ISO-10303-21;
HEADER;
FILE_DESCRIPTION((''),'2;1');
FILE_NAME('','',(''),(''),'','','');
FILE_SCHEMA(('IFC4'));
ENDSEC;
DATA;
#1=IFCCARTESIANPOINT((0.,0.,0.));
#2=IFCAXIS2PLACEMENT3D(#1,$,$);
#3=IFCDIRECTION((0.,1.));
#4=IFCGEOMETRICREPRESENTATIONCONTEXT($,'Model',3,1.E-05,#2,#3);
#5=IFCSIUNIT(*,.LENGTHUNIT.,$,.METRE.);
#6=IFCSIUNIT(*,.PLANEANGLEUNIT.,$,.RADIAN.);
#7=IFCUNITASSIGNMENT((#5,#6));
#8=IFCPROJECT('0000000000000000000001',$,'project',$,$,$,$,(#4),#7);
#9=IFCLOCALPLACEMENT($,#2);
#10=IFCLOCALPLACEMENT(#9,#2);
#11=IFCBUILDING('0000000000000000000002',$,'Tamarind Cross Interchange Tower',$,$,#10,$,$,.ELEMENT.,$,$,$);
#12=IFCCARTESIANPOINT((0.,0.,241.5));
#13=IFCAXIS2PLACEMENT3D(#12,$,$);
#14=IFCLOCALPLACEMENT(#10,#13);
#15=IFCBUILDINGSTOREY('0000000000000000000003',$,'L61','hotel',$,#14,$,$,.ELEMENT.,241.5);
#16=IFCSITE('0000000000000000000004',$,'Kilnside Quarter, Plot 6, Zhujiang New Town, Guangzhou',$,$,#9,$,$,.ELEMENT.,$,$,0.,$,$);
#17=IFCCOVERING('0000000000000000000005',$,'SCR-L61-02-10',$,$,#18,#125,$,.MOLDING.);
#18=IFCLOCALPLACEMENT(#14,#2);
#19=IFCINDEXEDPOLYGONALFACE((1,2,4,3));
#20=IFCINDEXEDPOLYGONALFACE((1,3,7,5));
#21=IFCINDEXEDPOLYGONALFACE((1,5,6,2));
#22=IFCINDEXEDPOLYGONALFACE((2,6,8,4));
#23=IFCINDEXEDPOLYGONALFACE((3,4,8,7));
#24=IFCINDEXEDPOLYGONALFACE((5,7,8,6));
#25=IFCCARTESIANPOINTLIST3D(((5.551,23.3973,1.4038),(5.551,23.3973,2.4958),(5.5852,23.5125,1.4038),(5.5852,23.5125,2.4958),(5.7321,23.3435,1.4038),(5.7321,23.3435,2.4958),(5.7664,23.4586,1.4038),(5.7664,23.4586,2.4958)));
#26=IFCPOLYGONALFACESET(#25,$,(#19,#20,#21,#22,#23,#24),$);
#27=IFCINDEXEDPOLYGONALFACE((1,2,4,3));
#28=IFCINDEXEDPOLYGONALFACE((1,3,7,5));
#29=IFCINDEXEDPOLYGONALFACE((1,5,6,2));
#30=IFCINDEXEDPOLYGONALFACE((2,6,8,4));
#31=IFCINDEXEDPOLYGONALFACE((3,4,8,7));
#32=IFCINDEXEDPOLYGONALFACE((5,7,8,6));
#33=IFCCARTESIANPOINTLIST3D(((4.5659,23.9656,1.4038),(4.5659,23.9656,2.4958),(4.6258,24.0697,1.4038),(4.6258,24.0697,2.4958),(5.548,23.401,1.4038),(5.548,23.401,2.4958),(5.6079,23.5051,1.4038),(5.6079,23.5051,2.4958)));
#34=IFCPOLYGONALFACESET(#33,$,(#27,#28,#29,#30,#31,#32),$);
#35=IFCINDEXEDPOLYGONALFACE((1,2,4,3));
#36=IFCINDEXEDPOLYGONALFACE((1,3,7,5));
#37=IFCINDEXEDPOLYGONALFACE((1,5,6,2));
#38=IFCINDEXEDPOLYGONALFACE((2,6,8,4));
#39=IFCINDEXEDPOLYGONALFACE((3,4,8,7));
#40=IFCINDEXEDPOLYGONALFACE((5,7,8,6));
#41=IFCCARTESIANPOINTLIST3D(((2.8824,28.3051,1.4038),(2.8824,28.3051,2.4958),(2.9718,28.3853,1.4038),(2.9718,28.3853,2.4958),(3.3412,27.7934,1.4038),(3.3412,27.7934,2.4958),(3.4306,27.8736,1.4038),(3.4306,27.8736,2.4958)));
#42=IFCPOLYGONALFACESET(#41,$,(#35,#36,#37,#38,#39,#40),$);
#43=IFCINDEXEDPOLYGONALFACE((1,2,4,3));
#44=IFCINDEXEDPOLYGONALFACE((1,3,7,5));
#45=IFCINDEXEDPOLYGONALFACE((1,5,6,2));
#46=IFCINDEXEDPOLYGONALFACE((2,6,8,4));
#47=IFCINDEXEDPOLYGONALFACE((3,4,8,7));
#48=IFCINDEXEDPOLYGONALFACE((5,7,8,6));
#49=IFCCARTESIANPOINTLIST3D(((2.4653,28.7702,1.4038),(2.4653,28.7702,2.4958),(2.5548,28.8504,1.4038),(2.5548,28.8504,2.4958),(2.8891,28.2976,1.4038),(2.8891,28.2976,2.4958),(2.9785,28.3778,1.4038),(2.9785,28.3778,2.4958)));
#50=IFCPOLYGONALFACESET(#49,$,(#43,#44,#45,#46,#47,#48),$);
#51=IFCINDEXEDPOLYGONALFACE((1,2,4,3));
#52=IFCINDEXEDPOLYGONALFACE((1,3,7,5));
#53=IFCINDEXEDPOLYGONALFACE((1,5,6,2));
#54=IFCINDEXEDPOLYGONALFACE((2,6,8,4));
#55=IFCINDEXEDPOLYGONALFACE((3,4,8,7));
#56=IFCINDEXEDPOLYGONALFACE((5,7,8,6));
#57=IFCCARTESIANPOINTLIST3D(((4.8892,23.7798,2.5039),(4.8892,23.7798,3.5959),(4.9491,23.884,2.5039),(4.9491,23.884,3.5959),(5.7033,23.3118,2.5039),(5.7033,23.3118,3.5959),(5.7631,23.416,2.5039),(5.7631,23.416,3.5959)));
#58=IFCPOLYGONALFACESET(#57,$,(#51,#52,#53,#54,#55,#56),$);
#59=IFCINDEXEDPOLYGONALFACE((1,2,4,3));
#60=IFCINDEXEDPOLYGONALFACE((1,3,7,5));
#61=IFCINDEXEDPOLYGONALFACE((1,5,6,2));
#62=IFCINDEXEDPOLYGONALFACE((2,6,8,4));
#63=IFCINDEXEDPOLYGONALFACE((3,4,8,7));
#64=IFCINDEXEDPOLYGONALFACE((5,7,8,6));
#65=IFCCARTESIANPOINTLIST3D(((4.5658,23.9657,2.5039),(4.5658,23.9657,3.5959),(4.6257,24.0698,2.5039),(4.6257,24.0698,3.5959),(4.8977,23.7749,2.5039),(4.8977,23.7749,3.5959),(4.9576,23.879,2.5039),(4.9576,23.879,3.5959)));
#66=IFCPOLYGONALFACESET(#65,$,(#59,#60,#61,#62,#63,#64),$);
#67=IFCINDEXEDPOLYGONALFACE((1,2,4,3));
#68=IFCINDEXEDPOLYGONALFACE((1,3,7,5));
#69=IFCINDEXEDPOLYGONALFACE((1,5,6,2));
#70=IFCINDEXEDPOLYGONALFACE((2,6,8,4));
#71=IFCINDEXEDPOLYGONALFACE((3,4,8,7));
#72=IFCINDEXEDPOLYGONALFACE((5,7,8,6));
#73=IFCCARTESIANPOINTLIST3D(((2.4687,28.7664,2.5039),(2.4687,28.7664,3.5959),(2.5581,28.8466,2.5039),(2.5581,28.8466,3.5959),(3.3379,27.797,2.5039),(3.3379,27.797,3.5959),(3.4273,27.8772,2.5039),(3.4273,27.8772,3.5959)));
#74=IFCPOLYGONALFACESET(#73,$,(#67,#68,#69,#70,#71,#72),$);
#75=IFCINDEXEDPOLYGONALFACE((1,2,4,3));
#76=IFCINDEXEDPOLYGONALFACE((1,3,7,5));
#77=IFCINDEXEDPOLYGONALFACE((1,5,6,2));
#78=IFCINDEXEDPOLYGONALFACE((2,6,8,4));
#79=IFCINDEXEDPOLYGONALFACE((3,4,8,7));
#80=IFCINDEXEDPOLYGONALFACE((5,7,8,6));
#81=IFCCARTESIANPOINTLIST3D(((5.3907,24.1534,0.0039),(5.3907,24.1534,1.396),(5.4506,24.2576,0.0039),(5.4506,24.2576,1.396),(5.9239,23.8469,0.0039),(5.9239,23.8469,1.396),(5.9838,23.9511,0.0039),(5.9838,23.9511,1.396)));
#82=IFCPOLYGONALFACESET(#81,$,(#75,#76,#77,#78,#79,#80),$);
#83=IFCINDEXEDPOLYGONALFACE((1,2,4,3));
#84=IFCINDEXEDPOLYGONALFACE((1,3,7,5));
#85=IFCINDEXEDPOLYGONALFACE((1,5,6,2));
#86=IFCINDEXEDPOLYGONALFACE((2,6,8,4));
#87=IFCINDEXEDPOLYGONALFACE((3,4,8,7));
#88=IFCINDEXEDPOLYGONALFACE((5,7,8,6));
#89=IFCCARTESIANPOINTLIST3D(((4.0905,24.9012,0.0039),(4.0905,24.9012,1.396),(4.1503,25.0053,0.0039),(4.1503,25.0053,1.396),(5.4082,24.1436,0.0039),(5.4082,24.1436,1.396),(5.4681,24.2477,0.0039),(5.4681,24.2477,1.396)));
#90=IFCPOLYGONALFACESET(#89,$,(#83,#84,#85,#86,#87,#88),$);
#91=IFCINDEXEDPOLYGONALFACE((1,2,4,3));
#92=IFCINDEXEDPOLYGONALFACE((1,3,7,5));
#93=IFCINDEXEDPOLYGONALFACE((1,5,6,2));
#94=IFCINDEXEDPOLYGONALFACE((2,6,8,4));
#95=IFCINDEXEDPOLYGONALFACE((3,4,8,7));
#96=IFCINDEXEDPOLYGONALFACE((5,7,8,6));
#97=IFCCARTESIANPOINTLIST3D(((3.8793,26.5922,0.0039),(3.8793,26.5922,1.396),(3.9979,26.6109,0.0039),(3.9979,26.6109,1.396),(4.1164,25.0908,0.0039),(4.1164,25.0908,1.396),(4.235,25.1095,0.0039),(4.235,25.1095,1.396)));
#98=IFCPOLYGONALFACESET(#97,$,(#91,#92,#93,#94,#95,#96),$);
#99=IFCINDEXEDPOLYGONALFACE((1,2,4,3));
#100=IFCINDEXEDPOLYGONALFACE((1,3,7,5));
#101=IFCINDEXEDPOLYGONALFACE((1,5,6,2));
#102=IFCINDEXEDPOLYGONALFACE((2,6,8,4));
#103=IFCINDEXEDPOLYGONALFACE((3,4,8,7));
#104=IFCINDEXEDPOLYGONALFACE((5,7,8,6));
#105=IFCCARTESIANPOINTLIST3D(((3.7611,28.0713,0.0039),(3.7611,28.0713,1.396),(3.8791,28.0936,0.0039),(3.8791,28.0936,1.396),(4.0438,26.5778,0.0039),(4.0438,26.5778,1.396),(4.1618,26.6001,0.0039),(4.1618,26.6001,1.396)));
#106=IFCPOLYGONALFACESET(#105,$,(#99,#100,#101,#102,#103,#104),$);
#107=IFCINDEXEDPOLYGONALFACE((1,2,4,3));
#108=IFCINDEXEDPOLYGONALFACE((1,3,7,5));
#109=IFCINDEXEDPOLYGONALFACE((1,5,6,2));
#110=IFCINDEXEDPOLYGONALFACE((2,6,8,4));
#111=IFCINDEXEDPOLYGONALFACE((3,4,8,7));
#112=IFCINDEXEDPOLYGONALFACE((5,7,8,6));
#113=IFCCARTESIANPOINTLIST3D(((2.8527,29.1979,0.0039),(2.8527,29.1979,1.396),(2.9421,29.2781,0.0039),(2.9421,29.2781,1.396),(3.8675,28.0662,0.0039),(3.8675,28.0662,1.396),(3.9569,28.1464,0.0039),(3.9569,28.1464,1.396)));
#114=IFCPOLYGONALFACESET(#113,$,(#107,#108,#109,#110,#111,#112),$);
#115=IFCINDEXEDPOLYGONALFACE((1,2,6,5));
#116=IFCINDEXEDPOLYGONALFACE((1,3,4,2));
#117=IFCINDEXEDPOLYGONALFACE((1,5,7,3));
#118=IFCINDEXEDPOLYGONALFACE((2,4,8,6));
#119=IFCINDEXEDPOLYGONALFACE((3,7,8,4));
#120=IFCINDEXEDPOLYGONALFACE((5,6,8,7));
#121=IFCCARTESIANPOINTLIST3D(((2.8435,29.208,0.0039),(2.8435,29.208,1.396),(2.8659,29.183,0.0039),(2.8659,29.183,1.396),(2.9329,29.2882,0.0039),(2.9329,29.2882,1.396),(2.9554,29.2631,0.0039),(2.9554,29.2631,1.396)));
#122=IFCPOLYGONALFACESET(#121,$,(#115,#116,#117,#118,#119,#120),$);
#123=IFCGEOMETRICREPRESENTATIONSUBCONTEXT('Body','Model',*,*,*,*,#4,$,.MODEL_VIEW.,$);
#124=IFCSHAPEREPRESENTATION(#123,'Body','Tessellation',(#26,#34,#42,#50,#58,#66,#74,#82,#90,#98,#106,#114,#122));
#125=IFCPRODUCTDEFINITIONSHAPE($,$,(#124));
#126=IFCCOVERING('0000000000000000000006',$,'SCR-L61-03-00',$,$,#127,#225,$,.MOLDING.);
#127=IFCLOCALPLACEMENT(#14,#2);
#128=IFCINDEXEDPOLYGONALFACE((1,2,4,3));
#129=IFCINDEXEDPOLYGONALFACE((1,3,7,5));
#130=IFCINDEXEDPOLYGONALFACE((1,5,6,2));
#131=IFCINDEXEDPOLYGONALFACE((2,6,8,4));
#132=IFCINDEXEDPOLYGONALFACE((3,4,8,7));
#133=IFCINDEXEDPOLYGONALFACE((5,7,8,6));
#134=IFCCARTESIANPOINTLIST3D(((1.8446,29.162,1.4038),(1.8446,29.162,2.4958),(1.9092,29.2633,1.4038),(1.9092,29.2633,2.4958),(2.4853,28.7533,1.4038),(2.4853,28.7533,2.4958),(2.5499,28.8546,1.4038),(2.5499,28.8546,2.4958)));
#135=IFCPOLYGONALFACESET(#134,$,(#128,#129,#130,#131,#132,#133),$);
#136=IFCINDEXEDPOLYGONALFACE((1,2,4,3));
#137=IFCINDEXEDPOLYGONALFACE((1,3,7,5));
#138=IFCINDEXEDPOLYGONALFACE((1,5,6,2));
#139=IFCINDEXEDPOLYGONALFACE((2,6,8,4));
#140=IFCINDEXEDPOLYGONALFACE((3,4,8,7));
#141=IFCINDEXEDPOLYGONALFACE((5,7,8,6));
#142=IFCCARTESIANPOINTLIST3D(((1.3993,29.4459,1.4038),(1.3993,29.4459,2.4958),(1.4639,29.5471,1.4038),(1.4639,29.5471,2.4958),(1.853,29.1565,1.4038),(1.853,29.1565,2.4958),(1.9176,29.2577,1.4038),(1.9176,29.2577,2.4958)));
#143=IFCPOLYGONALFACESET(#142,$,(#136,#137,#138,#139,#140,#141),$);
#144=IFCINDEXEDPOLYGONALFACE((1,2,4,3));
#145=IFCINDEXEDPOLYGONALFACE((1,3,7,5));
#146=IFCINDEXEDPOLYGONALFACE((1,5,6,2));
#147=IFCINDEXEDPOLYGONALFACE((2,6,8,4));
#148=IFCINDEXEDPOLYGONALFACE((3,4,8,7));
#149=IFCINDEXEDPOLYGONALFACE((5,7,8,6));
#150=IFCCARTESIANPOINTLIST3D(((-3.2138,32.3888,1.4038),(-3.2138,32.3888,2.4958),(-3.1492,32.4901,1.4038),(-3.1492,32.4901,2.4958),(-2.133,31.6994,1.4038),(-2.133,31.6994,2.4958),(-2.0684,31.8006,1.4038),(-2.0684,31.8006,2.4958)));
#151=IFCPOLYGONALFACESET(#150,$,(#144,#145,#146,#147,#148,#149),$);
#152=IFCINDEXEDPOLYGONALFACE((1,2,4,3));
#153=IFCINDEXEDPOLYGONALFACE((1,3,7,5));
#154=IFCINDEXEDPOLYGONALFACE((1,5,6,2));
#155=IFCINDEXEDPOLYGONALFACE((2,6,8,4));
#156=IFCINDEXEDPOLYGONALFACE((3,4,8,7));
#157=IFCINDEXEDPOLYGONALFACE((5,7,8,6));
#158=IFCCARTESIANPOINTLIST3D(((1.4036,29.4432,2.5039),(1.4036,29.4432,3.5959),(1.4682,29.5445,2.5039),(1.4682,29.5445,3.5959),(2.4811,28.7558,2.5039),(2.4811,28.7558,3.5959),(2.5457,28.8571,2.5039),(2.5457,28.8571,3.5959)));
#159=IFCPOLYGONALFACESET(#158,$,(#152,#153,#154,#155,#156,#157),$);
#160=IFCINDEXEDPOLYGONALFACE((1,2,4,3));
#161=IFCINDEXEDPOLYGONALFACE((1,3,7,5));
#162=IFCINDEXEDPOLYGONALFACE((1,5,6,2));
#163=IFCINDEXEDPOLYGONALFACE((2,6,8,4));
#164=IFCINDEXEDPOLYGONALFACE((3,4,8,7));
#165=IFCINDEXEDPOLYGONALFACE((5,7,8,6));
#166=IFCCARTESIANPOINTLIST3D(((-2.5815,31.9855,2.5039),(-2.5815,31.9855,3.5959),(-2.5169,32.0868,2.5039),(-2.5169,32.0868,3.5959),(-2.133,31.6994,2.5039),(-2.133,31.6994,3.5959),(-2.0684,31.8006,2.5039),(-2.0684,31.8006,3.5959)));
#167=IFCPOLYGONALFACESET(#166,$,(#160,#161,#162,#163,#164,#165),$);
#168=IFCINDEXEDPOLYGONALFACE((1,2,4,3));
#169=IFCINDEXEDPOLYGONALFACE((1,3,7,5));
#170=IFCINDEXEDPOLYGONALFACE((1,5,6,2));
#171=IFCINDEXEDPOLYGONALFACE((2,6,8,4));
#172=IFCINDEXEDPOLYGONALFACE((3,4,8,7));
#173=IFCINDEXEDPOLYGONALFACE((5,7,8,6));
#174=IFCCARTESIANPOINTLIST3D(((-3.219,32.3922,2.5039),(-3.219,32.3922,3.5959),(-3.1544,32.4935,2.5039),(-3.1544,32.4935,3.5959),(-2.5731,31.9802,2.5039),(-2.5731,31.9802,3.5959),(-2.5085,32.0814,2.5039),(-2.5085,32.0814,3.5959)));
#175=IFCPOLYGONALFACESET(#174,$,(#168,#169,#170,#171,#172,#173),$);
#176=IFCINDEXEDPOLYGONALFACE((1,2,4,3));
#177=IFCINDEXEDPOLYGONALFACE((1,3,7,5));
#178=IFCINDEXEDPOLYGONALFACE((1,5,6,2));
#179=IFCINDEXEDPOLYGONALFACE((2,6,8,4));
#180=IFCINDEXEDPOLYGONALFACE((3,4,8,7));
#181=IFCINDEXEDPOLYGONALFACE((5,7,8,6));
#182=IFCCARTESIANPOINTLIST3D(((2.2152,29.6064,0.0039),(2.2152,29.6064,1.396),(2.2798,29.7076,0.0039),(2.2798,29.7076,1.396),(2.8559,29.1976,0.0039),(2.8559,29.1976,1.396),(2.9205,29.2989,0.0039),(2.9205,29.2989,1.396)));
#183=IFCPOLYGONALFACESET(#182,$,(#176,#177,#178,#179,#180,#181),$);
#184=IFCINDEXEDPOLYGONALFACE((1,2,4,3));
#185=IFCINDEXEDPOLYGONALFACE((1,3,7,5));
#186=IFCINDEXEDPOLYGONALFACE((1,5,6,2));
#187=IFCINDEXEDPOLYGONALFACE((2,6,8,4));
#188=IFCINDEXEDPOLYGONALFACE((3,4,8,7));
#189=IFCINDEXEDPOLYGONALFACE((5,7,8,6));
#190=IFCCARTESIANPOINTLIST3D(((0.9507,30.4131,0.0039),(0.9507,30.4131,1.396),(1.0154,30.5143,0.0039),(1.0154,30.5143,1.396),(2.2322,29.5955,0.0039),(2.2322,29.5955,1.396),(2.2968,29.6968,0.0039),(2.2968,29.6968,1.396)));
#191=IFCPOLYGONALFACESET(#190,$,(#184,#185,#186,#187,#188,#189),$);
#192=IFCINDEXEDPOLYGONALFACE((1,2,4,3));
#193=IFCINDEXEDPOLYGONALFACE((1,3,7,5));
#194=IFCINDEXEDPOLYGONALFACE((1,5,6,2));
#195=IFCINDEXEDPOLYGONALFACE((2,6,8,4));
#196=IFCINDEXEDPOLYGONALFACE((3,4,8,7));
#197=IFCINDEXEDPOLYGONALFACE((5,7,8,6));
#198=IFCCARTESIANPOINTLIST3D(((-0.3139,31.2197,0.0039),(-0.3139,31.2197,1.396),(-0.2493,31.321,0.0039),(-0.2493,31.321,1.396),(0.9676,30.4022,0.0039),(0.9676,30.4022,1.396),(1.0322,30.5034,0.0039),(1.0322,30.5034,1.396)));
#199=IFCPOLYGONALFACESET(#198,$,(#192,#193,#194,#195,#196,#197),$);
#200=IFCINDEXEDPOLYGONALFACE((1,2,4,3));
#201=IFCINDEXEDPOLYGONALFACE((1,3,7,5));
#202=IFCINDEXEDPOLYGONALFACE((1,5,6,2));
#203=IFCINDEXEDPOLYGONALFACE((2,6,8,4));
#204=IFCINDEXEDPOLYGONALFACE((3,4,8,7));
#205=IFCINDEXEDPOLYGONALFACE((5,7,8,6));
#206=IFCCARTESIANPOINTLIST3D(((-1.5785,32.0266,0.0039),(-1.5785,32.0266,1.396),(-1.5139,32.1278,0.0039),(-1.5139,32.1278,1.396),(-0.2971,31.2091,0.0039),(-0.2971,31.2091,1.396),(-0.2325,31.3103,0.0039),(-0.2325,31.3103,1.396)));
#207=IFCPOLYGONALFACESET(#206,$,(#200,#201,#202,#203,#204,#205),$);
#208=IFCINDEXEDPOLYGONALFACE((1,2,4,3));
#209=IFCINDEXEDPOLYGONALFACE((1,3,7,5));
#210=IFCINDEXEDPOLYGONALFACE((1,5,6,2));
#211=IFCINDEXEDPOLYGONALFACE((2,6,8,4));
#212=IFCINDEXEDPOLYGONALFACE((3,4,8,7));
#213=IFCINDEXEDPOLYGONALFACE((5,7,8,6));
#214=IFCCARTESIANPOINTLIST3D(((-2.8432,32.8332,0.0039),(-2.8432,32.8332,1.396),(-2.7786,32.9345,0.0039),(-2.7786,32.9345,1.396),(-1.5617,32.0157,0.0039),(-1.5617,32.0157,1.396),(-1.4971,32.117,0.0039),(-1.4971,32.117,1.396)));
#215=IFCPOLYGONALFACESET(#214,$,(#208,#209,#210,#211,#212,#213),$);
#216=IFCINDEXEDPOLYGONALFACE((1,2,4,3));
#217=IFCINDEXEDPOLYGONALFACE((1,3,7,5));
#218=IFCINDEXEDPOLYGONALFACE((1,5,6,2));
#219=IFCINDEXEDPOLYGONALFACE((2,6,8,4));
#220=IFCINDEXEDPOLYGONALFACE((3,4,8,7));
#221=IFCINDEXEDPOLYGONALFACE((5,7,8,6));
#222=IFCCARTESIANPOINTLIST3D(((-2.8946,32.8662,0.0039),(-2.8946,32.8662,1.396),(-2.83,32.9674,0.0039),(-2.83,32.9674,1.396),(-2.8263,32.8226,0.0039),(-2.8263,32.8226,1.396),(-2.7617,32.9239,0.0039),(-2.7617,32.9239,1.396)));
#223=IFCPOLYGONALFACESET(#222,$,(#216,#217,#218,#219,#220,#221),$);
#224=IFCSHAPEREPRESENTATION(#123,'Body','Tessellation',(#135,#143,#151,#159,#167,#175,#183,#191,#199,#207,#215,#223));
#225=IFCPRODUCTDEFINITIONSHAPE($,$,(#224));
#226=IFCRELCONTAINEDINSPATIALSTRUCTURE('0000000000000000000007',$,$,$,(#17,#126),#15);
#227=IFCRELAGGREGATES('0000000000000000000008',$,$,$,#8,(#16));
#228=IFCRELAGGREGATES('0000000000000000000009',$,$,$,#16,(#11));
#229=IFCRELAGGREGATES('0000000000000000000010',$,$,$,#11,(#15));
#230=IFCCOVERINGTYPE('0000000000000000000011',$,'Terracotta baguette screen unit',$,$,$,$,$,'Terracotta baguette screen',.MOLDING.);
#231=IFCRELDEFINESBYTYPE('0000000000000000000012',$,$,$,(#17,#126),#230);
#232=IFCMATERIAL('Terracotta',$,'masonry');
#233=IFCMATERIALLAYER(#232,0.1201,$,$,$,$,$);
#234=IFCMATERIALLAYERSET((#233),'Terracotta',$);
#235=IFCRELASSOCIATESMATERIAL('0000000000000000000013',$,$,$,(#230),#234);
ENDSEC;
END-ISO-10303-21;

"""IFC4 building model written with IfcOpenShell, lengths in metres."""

from ifc_helpers import new_model, si_unit, direction, frame, origin, origin_2d, place, context, subcontext, project, spatial, rectangle, extrude, material, layer, layer_set, type_object, element, save


model = new_model("IFC4")

# Units and contexts
model_context = context("Model", 3, precision=1e-05, world=origin(), true_north=direction((0.0, 1.0)))
body_context = subcontext(model_context, "Body", "Model", "MODEL_VIEW")
ifc_project = project(units=[si_unit("LENGTHUNIT", "METRE"), si_unit("PLANEANGLEUNIT", "RADIAN")], contexts=[model_context])

# Site, building, storey
site_placement = place(None, origin())
site = spatial("IfcSite", under=ifc_project, at=site_placement, Name="Kilnside Quarter, Plot 6, Zhujiang New Town, Guangzhou", CompositionType="ELEMENT", RefElevation=0.0)
building_placement = place(site_placement, origin())
building = spatial("IfcBuilding", under=site, at=building_placement, Name="Tamarind Cross Interchange Tower", CompositionType="ELEMENT")
storey_placement = place(building_placement, frame((0.0, 0.0, 241.5)))
storey = spatial("IfcBuildingStorey", under=building, at=storey_placement, Name="L61", Description="hotel", CompositionType="ELEMENT", Elevation=241.5)

# Coverings
ifc_material_1 = material(Name="Terracotta", Category="masonry")
ifc_layer_1 = layer(ifc_material_1, 0.1201)
ifc_layer_set_1 = layer_set([ifc_layer_1], Name="Terracotta")
covering_type = type_object("IfcCoveringType", Name="Terracotta baguette screen unit", ElementType="Terracotta baguette screen", PredefinedType="MOLDING", material=ifc_layer_set_1)
covering_1_placement = place(storey_placement, origin())
element("IfcCovering", 1, at=covering_1_placement, inside=storey, type_object=covering_type, Name="SCR-L61-02-10", PredefinedType="MOLDING", context=body_context, shape_type="SweptSolid", body=[
    extrude(rectangle(XDim=0.189, YDim=0.1201, at=origin_2d()), frame((5.6587, 23.428, 1.4038), z_axis=(0.0, 0.0, 1.0), x_axis=(-0.958535, 0.284975, 0.0)), (0.0, 0.0, 1.0), 1.092),
    extrude(rectangle(XDim=1.1328, YDim=0.1201, at=origin_2d()), frame((5.0869, 23.7354, 1.4038), z_axis=(0.0, 0.0, 1.0), x_axis=(-0.866942, 0.498409, 0.0)), (0.0, 0.0, 1.0), 1.092),
    extrude(rectangle(XDim=0.6873, YDim=0.1201, at=origin_2d()), frame((3.1565, 28.0894, 1.4038), z_axis=(0.0, 0.0, 1.0), x_axis=(-0.667603, 0.744517, 0.0)), (0.0, 0.0, 1.0), 1.092),
    extrude(rectangle(XDim=0.6348, YDim=0.1201, at=origin_2d()), frame((2.7219, 28.574, 1.4038), z_axis=(0.0, 0.0, 1.0), x_axis=(-0.667603, 0.744517, 0.0)), (0.0, 0.0, 1.0), 1.092),
    extrude(rectangle(XDim=0.939, YDim=0.1201, at=origin_2d()), frame((5.3262, 23.5979, 2.5039), z_axis=(0.0, 0.0, 1.0), x_axis=(-0.866942, 0.498409, 0.0)), (0.0, 0.0, 1.0), 1.092),
    extrude(rectangle(XDim=0.3828, YDim=0.1201, at=origin_2d()), frame((4.7617, 23.9224, 2.5039), z_axis=(0.0, 0.0, 1.0), x_axis=(-0.866942, 0.498409, 0.0)), (0.0, 0.0, 1.0), 1.092),
    extrude(rectangle(XDim=1.302, YDim=0.1201, at=origin_2d()), frame((2.948, 28.3218, 2.5039), z_axis=(0.0, 0.0, 1.0), x_axis=(-0.667603, 0.744517, 0.0)), (0.0, 0.0, 1.0), 1.092),
    extrude(rectangle(XDim=0.615, YDim=0.1201, at=origin_2d()), frame((5.6873, 24.0522, 0.0039), z_axis=(0.0, 0.0, 1.0), x_axis=(-0.866942, 0.498409, 0.0)), (0.0, 0.0, 1.0), 1.3921),
    extrude(rectangle(XDim=1.52, YDim=0.1201, at=origin_2d()), frame((4.7793, 24.5745, 0.0039), z_axis=(0.0, 0.0, 1.0), x_axis=(-0.866942, 0.498409, 0.0)), (0.0, 0.0, 1.0), 1.3921),
    extrude(rectangle(XDim=1.52, YDim=0.1201, at=origin_2d()), frame((4.0571, 25.8508, 0.0039), z_axis=(0.0, 0.0, 1.0), x_axis=(-0.15599, 0.987759, 0.0)), (0.0, 0.0, 1.0), 1.3921),
    extrude(rectangle(XDim=1.52, YDim=0.1201, at=origin_2d()), frame((3.9614, 27.3357, 0.0039), z_axis=(0.0, 0.0, 1.0), x_axis=(-0.185994, 0.982551, 0.0)), (0.0, 0.0, 1.0), 1.3921),
    extrude(rectangle(XDim=1.52, YDim=0.1201, at=origin_2d()), frame((3.4048, 28.6721, 0.0039), z_axis=(0.0, 0.0, 1.0), x_axis=(-0.667603, 0.744517, 0.0)), (0.0, 0.0, 1.0), 1.3921),
    extrude(rectangle(XDim=0.0337, YDim=0.1201, at=origin_2d()), frame((2.8994, 29.2356, 0.0039), z_axis=(0.0, 0.0, 1.0), x_axis=(-0.667603, 0.744517, 0.0)), (0.0, 0.0, 1.0), 1.3921),
])
covering_2_placement = place(storey_placement, origin())
element("IfcCovering", 2, at=covering_2_placement, inside=storey, type_object=covering_type, Name="SCR-L61-03-00", PredefinedType="MOLDING", context=body_context, shape_type="SweptSolid", body=[
    extrude(rectangle(XDim=0.76, YDim=0.1201, at=origin_2d()), frame((2.1973, 29.0083, 1.4038), z_axis=(0.0, 0.0, 1.0), x_axis=(-0.843054, 0.537829, 0.0)), (0.0, 0.0, 1.0), 1.092),
    extrude(rectangle(XDim=0.5381, YDim=0.1201, at=origin_2d()), frame((1.6584, 29.3518, 1.4038), z_axis=(0.0, 0.0, 1.0), x_axis=(-0.843054, 0.537829, 0.0)), (0.0, 0.0, 1.0), 1.092),
    extrude(rectangle(XDim=1.282, YDim=0.1201, at=origin_2d()), frame((-2.6411, 32.0947, 1.4038), z_axis=(0.0, 0.0, 1.0), x_axis=(-0.843054, 0.537829, 0.0)), (0.0, 0.0, 1.0), 1.092),
    extrude(rectangle(XDim=1.2781, YDim=0.1201, at=origin_2d()), frame((1.9746, 29.1501, 2.5039), z_axis=(0.0, 0.0, 1.0), x_axis=(-0.843054, 0.537829, 0.0)), (0.0, 0.0, 1.0), 1.092),
    extrude(rectangle(XDim=0.532, YDim=0.1201, at=origin_2d()), frame((-2.325, 31.8931, 2.5039), z_axis=(0.0, 0.0, 1.0), x_axis=(-0.843054, 0.537829, 0.0)), (0.0, 0.0, 1.0), 1.092),
    extrude(rectangle(XDim=0.7661, YDim=0.1201, at=origin_2d()), frame((-2.8638, 32.2368, 2.5039), z_axis=(0.0, 0.0, 1.0), x_axis=(-0.843054, 0.537829, 0.0)), (0.0, 0.0, 1.0), 1.092),
    extrude(rectangle(XDim=0.76, YDim=0.1201, at=origin_2d()), frame((2.5679, 29.4526, 0.0039), z_axis=(0.0, 0.0, 1.0), x_axis=(-0.843054, 0.537829, 0.0)), (0.0, 0.0, 1.0), 1.3921),
    extrude(rectangle(XDim=1.52, YDim=0.1201, at=origin_2d()), frame((1.6238, 30.0549, 0.0039), z_axis=(0.0, 0.0, 1.0), x_axis=(-0.843054, 0.537829, 0.0)), (0.0, 0.0, 1.0), 1.3921),
    extrude(rectangle(XDim=1.52, YDim=0.1201, at=origin_2d()), frame((0.3591, 30.8616, 0.0039), z_axis=(0.0, 0.0, 1.0), x_axis=(-0.843054, 0.537829, 0.0)), (0.0, 0.0, 1.0), 1.3921),
    extrude(rectangle(XDim=1.52, YDim=0.1201, at=origin_2d()), frame((-0.9055, 31.6685, 0.0039), z_axis=(0.0, 0.0, 1.0), x_axis=(-0.843054, 0.537829, 0.0)), (0.0, 0.0, 1.0), 1.3921),
    extrude(rectangle(XDim=1.52, YDim=0.1201, at=origin_2d()), frame((-2.1702, 32.4751, 0.0039), z_axis=(0.0, 0.0, 1.0), x_axis=(-0.843054, 0.537829, 0.0)), (0.0, 0.0, 1.0), 1.3921),
    extrude(rectangle(XDim=0.0811, YDim=0.1201, at=origin_2d()), frame((-2.8281, 32.895, 0.0039), z_axis=(0.0, 0.0, 1.0), x_axis=(-0.843054, 0.537829, 0.0)), (0.0, 0.0, 1.0), 1.3921),
])

save(model, "model.ifc")
